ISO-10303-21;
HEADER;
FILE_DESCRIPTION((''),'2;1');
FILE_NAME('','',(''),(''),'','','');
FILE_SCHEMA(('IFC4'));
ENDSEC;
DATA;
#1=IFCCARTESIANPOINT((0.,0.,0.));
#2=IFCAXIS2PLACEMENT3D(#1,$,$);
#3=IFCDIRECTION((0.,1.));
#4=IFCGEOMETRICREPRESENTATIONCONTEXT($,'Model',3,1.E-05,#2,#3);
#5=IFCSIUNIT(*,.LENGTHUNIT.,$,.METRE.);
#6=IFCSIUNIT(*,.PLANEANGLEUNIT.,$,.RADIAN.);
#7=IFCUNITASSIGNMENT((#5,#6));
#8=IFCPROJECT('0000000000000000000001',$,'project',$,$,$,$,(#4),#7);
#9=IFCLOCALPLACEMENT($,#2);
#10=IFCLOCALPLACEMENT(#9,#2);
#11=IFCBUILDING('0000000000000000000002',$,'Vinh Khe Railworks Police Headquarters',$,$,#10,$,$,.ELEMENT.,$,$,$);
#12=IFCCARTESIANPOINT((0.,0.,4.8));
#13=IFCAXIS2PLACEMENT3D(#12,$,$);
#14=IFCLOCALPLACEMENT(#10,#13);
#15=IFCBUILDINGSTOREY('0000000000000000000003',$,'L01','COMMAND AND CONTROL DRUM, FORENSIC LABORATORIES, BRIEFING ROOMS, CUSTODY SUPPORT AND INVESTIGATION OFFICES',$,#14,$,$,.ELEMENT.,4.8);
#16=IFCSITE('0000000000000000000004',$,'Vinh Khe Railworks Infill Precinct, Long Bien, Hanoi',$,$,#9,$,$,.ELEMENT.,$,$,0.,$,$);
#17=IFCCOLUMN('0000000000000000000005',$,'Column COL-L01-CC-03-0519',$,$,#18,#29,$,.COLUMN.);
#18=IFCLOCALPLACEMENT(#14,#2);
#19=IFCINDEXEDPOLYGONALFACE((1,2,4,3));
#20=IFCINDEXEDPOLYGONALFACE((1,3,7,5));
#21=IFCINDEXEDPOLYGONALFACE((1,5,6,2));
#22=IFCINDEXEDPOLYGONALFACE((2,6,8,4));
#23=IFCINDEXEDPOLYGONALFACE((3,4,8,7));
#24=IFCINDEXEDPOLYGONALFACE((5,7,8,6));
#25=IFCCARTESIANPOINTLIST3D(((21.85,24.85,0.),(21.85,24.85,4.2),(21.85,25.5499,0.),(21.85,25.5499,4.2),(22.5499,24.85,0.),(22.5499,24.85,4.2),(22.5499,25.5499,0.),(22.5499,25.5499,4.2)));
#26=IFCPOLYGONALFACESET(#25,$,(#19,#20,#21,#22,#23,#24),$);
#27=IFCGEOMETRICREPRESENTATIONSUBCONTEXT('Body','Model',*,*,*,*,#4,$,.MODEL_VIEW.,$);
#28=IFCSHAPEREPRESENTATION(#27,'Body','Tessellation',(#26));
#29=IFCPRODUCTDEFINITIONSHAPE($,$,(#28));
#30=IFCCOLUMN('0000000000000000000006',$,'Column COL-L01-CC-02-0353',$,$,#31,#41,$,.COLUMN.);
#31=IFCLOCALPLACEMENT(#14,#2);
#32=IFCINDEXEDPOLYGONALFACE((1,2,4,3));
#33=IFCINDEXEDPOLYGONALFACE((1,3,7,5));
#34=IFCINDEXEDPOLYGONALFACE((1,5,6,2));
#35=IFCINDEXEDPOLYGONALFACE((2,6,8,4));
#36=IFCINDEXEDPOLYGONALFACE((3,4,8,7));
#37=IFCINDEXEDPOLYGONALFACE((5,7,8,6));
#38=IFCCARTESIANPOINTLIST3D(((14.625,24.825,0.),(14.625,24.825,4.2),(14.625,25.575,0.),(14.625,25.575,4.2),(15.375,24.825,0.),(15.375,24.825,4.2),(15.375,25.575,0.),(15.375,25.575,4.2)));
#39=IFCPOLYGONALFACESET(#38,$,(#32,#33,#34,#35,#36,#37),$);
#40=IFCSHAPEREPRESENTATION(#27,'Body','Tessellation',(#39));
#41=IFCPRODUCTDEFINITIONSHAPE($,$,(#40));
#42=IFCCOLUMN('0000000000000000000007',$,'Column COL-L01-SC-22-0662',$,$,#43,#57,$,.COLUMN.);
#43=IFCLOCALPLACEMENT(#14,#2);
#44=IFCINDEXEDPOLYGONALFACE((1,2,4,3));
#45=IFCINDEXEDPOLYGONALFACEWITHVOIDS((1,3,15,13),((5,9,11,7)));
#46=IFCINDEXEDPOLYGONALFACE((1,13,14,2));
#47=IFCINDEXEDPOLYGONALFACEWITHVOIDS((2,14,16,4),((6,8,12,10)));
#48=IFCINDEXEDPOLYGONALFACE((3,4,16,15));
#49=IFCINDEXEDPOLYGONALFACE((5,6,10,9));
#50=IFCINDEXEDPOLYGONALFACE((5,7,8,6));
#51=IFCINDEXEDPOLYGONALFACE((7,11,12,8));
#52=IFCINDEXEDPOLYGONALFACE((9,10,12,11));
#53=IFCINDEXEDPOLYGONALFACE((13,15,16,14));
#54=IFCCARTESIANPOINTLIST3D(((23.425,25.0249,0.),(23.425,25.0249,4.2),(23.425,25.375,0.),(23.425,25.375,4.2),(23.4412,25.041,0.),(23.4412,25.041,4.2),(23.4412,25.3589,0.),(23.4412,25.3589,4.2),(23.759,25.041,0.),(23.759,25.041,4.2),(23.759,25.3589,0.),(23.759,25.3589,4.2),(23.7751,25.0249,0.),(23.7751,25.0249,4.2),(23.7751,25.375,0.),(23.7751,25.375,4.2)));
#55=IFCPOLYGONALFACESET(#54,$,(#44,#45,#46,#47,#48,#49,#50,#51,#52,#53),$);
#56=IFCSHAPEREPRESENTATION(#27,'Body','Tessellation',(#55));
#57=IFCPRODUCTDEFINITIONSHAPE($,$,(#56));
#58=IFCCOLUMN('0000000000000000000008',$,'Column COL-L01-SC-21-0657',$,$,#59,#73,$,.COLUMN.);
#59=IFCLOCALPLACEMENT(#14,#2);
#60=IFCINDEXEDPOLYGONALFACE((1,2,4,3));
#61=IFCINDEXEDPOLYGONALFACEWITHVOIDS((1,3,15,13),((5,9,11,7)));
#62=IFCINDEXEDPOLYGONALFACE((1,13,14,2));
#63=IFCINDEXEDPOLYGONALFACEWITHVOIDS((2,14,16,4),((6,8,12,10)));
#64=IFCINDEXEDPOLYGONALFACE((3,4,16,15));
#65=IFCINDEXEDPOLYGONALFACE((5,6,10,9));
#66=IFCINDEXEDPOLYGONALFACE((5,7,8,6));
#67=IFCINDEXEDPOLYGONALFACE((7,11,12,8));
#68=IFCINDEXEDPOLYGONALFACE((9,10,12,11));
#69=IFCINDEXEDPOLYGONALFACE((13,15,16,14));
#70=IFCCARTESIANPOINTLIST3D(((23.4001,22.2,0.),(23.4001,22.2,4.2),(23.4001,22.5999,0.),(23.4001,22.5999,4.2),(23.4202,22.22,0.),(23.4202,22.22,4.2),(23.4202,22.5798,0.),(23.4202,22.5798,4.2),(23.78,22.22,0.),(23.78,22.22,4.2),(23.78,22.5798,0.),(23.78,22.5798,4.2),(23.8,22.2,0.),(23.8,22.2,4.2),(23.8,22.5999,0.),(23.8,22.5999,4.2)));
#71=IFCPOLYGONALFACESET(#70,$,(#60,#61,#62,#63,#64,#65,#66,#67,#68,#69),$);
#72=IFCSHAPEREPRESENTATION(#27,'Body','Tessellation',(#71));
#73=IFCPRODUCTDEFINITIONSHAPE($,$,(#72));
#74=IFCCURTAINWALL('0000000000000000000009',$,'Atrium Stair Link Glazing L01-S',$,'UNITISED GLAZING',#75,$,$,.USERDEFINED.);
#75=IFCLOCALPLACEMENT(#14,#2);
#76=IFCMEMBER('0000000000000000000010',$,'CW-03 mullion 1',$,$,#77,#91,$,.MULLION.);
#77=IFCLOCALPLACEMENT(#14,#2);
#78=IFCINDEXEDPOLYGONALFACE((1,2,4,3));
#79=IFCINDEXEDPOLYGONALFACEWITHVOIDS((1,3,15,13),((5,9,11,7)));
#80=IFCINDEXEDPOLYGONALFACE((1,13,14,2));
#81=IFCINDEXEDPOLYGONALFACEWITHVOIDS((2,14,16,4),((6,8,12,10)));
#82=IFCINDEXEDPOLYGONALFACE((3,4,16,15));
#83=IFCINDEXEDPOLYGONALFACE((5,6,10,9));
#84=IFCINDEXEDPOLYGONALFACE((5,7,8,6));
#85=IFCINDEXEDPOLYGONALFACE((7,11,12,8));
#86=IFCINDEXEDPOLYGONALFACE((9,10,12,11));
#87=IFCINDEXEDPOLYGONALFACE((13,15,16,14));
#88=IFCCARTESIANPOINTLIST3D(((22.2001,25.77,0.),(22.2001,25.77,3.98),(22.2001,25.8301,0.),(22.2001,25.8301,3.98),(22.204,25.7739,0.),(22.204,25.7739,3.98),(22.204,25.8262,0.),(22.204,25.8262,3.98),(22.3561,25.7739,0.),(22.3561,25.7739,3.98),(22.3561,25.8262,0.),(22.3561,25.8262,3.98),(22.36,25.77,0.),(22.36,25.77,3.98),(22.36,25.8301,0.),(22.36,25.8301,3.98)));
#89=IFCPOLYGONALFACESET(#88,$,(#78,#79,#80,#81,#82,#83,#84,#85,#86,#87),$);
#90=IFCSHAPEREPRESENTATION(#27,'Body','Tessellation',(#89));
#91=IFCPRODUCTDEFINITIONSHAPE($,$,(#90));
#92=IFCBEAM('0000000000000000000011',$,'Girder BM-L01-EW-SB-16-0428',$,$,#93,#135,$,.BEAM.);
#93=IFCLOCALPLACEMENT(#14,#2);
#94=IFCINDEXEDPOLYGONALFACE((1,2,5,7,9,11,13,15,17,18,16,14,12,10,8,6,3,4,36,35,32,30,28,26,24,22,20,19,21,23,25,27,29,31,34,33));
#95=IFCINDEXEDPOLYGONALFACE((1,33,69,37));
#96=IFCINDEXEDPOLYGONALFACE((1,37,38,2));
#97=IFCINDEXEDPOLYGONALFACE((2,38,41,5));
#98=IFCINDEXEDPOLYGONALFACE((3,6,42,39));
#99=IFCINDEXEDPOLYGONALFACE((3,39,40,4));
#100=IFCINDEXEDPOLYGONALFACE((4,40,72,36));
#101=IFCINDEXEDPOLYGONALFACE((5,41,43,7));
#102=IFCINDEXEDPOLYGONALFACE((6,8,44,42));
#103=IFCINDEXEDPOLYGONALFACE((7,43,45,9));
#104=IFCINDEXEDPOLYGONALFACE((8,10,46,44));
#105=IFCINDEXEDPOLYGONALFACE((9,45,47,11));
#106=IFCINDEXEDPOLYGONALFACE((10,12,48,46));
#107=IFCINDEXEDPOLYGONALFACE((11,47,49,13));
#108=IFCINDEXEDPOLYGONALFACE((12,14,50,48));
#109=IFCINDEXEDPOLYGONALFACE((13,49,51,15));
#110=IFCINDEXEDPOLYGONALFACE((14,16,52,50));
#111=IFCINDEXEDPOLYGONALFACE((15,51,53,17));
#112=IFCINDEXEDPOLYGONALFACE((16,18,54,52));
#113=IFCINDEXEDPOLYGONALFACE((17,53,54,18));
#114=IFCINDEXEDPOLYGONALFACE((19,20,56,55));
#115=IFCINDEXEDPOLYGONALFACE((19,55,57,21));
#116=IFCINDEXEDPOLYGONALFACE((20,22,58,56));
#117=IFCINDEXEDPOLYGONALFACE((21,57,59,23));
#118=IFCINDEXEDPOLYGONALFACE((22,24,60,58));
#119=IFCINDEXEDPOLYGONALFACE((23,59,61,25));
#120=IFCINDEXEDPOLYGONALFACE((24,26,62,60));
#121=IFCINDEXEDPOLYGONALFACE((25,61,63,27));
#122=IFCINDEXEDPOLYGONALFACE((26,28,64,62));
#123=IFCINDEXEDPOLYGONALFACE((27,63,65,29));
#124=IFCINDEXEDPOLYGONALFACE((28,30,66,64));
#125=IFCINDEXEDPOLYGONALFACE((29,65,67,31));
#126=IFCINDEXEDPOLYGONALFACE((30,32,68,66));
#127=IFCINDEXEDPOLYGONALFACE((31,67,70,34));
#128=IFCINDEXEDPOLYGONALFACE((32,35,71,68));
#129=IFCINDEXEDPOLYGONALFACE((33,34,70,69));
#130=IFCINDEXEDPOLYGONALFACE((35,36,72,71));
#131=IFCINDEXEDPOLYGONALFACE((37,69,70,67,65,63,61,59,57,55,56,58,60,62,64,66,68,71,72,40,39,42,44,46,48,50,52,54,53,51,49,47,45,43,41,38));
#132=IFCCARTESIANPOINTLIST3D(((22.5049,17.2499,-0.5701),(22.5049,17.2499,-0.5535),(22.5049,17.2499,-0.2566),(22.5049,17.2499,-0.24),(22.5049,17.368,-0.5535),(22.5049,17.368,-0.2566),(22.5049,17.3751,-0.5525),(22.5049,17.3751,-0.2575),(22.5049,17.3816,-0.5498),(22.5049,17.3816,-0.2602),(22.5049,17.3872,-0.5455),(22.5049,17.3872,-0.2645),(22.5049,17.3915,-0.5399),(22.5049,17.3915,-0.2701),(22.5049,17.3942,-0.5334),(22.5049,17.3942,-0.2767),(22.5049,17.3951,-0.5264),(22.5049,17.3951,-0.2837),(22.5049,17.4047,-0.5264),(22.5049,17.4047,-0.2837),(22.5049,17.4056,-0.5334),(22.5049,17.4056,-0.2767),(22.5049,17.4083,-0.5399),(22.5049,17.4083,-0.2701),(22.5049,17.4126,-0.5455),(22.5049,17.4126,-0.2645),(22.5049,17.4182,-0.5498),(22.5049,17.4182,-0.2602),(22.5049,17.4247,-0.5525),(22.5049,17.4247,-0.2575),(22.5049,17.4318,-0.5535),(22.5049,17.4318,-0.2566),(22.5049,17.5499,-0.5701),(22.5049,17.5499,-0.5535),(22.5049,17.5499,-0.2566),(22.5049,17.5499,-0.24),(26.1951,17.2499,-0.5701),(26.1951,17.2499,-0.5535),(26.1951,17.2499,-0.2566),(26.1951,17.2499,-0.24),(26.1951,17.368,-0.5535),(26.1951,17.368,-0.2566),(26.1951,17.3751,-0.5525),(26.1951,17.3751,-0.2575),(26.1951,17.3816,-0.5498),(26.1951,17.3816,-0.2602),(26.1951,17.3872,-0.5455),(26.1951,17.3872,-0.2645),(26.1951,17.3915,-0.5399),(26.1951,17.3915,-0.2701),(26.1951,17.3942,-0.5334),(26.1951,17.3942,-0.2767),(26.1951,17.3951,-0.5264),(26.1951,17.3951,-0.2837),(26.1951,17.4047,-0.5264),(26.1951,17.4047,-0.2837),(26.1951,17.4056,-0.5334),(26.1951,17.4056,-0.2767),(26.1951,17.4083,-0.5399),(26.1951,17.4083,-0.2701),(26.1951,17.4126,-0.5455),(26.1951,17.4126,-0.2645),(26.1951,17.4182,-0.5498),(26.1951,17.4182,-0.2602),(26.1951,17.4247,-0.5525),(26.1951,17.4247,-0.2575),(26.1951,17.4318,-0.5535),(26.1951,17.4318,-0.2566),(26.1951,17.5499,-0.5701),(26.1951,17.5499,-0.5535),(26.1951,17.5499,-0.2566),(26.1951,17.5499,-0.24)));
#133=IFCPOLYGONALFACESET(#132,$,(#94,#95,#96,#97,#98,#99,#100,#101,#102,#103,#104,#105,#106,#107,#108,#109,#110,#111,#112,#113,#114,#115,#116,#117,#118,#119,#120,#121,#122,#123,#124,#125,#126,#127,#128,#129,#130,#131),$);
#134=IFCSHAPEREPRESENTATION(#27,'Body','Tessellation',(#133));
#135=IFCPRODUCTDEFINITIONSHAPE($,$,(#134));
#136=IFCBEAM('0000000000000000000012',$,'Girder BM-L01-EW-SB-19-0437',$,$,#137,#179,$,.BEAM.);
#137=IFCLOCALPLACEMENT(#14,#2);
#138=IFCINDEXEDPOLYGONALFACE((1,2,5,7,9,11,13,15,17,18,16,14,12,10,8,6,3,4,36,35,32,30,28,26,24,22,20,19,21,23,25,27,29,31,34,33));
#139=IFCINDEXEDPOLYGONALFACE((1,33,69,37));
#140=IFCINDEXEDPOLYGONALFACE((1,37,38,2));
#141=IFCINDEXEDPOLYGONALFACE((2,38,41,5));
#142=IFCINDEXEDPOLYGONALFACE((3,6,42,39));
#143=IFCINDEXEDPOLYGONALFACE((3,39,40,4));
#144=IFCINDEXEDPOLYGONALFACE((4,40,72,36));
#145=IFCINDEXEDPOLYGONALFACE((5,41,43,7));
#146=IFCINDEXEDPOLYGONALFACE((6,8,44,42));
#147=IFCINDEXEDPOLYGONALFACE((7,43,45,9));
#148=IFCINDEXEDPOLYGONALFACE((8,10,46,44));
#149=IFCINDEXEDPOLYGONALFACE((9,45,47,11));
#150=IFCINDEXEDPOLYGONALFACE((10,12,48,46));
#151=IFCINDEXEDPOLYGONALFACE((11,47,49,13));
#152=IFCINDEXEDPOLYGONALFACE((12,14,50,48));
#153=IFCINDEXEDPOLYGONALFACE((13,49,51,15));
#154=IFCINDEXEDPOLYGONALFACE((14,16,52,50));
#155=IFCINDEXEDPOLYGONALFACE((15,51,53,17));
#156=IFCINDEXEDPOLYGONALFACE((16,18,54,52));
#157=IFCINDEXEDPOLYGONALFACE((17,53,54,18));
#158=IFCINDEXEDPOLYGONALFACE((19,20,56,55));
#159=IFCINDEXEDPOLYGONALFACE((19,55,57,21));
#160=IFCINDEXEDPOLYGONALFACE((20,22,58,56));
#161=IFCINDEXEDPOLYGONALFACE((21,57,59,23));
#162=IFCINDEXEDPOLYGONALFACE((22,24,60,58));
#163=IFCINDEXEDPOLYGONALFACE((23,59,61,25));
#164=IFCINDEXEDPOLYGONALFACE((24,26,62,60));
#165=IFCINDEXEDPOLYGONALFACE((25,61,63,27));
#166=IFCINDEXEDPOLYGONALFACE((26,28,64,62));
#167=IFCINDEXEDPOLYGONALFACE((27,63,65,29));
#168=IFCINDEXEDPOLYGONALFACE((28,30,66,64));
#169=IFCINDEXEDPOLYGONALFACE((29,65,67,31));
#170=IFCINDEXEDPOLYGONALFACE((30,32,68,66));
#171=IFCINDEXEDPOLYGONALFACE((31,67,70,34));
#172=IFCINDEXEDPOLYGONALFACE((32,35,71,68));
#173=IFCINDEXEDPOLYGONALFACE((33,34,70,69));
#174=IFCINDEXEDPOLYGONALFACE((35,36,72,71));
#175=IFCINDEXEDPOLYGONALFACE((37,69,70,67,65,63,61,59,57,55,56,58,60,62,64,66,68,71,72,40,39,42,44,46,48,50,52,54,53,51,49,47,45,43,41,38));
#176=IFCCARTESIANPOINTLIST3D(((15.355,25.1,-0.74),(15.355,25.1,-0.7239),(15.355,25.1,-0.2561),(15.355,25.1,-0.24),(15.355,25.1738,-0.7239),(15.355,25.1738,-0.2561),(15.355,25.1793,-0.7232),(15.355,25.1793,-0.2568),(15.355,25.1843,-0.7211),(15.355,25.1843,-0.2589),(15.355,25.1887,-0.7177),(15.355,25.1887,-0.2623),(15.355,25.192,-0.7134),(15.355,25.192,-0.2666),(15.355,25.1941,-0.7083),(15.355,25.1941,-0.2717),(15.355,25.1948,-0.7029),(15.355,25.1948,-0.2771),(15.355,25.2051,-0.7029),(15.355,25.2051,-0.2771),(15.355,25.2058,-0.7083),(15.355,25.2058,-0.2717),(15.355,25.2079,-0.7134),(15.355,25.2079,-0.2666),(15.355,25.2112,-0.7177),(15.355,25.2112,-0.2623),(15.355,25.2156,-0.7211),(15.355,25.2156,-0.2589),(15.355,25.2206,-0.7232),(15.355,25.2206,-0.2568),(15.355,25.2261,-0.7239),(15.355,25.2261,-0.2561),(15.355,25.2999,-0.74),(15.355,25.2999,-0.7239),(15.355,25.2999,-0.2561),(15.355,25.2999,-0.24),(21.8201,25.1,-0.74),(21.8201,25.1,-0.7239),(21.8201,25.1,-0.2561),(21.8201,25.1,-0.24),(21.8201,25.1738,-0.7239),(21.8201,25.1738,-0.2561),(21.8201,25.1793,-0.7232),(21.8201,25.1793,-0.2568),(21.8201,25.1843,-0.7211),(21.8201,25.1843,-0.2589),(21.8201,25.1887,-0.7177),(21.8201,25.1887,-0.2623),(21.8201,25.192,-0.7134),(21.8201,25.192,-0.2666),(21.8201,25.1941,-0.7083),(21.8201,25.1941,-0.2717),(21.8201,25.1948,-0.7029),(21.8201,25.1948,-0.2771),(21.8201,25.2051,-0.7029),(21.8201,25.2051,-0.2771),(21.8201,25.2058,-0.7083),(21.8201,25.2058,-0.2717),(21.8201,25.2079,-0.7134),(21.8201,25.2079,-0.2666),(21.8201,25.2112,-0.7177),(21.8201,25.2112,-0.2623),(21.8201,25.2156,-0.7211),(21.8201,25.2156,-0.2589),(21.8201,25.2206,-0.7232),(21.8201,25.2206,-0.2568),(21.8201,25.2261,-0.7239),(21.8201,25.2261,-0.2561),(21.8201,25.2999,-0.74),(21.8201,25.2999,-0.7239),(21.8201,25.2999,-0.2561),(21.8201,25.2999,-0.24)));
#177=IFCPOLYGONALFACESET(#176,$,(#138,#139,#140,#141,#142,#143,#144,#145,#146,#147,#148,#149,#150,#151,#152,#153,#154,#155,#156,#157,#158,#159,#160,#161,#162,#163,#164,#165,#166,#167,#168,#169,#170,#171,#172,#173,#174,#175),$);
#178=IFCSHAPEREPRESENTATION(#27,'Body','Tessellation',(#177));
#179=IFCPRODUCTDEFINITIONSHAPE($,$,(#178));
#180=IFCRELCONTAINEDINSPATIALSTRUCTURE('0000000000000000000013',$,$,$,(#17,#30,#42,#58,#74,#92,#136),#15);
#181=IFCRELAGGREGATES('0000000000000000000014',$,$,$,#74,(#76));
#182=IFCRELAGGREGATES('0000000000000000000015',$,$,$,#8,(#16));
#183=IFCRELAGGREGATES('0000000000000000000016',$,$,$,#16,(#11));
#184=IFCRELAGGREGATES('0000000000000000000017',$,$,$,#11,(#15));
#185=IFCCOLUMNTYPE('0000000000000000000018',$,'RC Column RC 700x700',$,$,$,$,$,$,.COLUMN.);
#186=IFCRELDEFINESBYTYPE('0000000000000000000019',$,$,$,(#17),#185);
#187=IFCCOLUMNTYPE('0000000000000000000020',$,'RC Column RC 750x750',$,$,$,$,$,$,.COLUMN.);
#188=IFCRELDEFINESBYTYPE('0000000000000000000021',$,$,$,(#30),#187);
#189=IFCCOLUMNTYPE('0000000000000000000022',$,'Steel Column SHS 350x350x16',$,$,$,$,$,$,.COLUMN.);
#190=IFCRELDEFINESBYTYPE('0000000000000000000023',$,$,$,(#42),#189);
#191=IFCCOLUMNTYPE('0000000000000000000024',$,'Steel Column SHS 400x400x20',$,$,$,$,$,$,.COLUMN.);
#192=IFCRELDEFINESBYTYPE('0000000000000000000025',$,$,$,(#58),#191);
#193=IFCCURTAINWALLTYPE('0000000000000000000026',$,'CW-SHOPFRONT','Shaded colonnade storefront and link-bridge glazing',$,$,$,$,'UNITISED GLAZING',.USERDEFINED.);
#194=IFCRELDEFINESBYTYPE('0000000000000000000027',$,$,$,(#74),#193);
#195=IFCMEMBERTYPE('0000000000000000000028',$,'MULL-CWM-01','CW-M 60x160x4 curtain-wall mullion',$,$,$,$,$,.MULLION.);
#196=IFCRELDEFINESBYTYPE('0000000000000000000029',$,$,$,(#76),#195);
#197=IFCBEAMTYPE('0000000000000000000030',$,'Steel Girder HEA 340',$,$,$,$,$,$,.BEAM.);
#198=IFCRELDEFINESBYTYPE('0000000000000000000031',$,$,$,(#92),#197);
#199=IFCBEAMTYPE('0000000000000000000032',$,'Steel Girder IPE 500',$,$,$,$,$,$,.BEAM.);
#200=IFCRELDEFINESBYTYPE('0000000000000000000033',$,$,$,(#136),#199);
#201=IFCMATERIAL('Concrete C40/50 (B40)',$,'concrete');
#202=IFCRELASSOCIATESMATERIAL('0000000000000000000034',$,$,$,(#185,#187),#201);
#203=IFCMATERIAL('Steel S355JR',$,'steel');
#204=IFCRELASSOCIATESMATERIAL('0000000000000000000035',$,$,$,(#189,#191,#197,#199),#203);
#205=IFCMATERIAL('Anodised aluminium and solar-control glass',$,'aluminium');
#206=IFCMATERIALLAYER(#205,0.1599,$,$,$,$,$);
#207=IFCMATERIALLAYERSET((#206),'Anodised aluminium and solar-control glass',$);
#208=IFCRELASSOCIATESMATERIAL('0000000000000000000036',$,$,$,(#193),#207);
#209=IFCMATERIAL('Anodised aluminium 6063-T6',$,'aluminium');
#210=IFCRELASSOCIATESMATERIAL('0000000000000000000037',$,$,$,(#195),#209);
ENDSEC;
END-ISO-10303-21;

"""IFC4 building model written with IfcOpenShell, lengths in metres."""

from ifc_helpers import new_model, si_unit, direction, frame, origin, origin_2d, place, context, subcontext, project, spatial, rectangle, hollow_rectangle, i_section, extrude, material, layer, layer_set, material_profile, profile_set, type_object, element, aggregate, save


model = new_model("IFC4")

# Units and contexts
model_context = context("Model", 3, precision=1e-05, world=origin(), true_north=direction((0.0, 1.0)))
body_context = subcontext(model_context, "Body", "Model", "MODEL_VIEW")
ifc_project = project(units=[si_unit("LENGTHUNIT", "METRE"), si_unit("PLANEANGLEUNIT", "RADIAN")], contexts=[model_context])

# Site, building, storey
site_placement = place(None, origin())
site = spatial("IfcSite", under=ifc_project, at=site_placement, Name="Vinh Khe Railworks Infill Precinct, Long Bien, Hanoi", CompositionType="ELEMENT", RefElevation=0.0)
building_placement = place(site_placement, origin())
building = spatial("IfcBuilding", under=site, at=building_placement, Name="Vinh Khe Railworks Police Headquarters", CompositionType="ELEMENT")
storey_placement = place(building_placement, frame((0.0, 0.0, 4.8)))
storey = spatial("IfcBuildingStorey", under=building, at=storey_placement, Name="L01", Description="COMMAND AND CONTROL DRUM, FORENSIC LABORATORIES, BRIEFING ROOMS, CUSTODY SUPPORT AND INVESTIGATION OFFICES", CompositionType="ELEMENT", Elevation=4.8)

# Columns
ifc_material_1 = material(Name="Concrete C40/50 (B40)", Category="concrete")
ifc_material_profile_1 = material_profile(ifc_material_1, rectangle(XDim=0.7, YDim=0.7, at=origin_2d()), Name="RC 700x700")
ifc_profile_set_1 = profile_set([ifc_material_profile_1], Name="Concrete C40/50 (B40)")
column_type_1 = type_object("IfcColumnType", Name="RC Column RC 700x700", PredefinedType="COLUMN", material=ifc_profile_set_1)
column_1_placement = place(storey_placement, frame((22.2, 25.2, 0.0), z_axis=(0.0, 0.0, 1.0), x_axis=(1.0, 0.0, 0.0)))
element("IfcColumn", 1, at=column_1_placement, inside=storey, type_object=column_type_1, Name="Column COL-L01-CC-03-0519", PredefinedType="COLUMN", context=body_context, shape_type="SweptSolid", body=[
    extrude(rectangle(XDim=0.7, YDim=0.7, at=origin_2d()), origin(), (0.0, 0.0, 1.0), 4.2),
])
ifc_material_profile_2 = material_profile(ifc_material_1, rectangle(XDim=0.75, YDim=0.75, at=origin_2d()), Name="RC 750x750")
ifc_profile_set_2 = profile_set([ifc_material_profile_2], Name="Concrete C40/50 (B40)")
column_type_2 = type_object("IfcColumnType", Name="RC Column RC 750x750", PredefinedType="COLUMN", material=ifc_profile_set_2)
column_2_placement = place(storey_placement, frame((15.0, 25.2, 0.0), z_axis=(0.0, 0.0, 1.0), x_axis=(1.0, 0.0, 0.0)))
element("IfcColumn", 2, at=column_2_placement, inside=storey, type_object=column_type_2, Name="Column COL-L01-CC-02-0353", PredefinedType="COLUMN", context=body_context, shape_type="SweptSolid", body=[
    extrude(rectangle(XDim=0.75, YDim=0.75, at=origin_2d()), origin(), (0.0, 0.0, 1.0), 4.2),
])
ifc_material_2 = material(Name="Steel S355JR", Category="steel")
ifc_material_profile_3 = material_profile(ifc_material_2, hollow_rectangle(XDim=0.3501, YDim=0.3501, WallThickness=0.0161, at=origin_2d()), Name="SHS 350x350x16")
ifc_profile_set_3 = profile_set([ifc_material_profile_3], Name="Steel S355JR")
column_type_3 = type_object("IfcColumnType", Name="Steel Column SHS 350x350x16", PredefinedType="COLUMN", material=ifc_profile_set_3)
column_3_placement = place(storey_placement, frame((23.6001, 25.2, 0.0), z_axis=(0.0, 0.0, 1.0), x_axis=(1.0, 0.0, 0.0)))
element("IfcColumn", 3, at=column_3_placement, inside=storey, type_object=column_type_3, Name="Column COL-L01-SC-22-0662", PredefinedType="COLUMN", context=body_context, shape_type="SweptSolid", body=[
    extrude(hollow_rectangle(XDim=0.3501, YDim=0.3501, WallThickness=0.0161, at=origin_2d()), origin(), (0.0, 0.0, 1.0), 4.2),
])
ifc_material_profile_4 = material_profile(ifc_material_2, hollow_rectangle(XDim=0.3999, YDim=0.3999, WallThickness=0.02, at=origin_2d()), Name="SHS 400x400x20")
ifc_profile_set_4 = profile_set([ifc_material_profile_4], Name="Steel S355JR")
column_type_4 = type_object("IfcColumnType", Name="Steel Column SHS 400x400x20", PredefinedType="COLUMN", material=ifc_profile_set_4)
column_4_placement = place(storey_placement, frame((23.6001, 22.3999, 0.0), z_axis=(0.0, 0.0, 1.0), x_axis=(1.0, 0.0, 0.0)))
element("IfcColumn", 4, at=column_4_placement, inside=storey, type_object=column_type_4, Name="Column COL-L01-SC-21-0657", PredefinedType="COLUMN", context=body_context, shape_type="SweptSolid", body=[
    extrude(hollow_rectangle(XDim=0.3999, YDim=0.3999, WallThickness=0.02, at=origin_2d()), origin(), (0.0, 0.0, 1.0), 4.2),
])

# Curtain wall, member
ifc_material_3 = material(Name="Anodised aluminium and solar-control glass", Category="aluminium")
ifc_layer_1 = layer(ifc_material_3, 0.1599)
ifc_layer_set_1 = layer_set([ifc_layer_1], Name="Anodised aluminium and solar-control glass")
curtain_wall_type = type_object("IfcCurtainWallType", Name="CW-SHOPFRONT", Description="Shaded colonnade storefront and link-bridge glazing", ElementType="UNITISED GLAZING", PredefinedType="USERDEFINED", material=ifc_layer_set_1)
curtain_wall_placement = place(storey_placement, origin())
curtain_wall = element("IfcCurtainWall", 5, at=curtain_wall_placement, inside=storey, type_object=curtain_wall_type, Name="Atrium Stair Link Glazing L01-S", ObjectType="UNITISED GLAZING", PredefinedType="USERDEFINED")
ifc_material_4 = material(Name="Anodised aluminium 6063-T6", Category="aluminium")
ifc_material_profile_5 = material_profile(ifc_material_4, hollow_rectangle(XDim=0.0601, YDim=0.1599, WallThickness=0.0039, at=origin_2d()), Name="CW-M 60x160x4")
ifc_profile_set_5 = profile_set([ifc_material_profile_5], Name="Anodised aluminium 6063-T6")
member_type = type_object("IfcMemberType", Name="MULL-CWM-01", Description="CW-M 60x160x4 curtain-wall mullion", PredefinedType="MULLION", material=ifc_profile_set_5)
member_placement = place(storey_placement, frame((22.28, 25.8, 0.0), z_axis=(0.0, 0.0, 1.0), x_axis=(0.0, 1.0, 0.0)))
member = element("IfcMember", 6, at=member_placement, type_object=member_type, Name="CW-03 mullion 1", PredefinedType="MULLION", context=body_context, shape_type="SweptSolid", body=[
    extrude(hollow_rectangle(XDim=0.0601, YDim=0.1599, WallThickness=0.0039, at=origin_2d()), origin(), (0.0, 0.0, 1.0), 3.98),
])
aggregate(curtain_wall, [member])

# Beams
ifc_material_profile_6 = material_profile(ifc_material_2, i_section(OverallWidth=0.3, OverallDepth=0.3301, WebThickness=0.0095, FlangeThickness=0.0166, FilletRadius=0.0271, at=origin_2d()), Name="HEA 340")
ifc_profile_set_6 = profile_set([ifc_material_profile_6], Name="Steel S355JR")
beam_type_1 = type_object("IfcBeamType", Name="Steel Girder HEA 340", PredefinedType="BEAM", material=ifc_profile_set_6)
beam_1_placement = place(storey_placement, frame((22.5049, 17.3999, -0.405), z_axis=(1.0, 0.0, 0.0), x_axis=(0.0, 1.0, 0.0)))
element("IfcBeam", 7, at=beam_1_placement, inside=storey, type_object=beam_type_1, Name="Girder BM-L01-EW-SB-16-0428", PredefinedType="BEAM", context=body_context, shape_type="SweptSolid", body=[
    extrude(i_section(OverallWidth=0.3, OverallDepth=0.3301, WebThickness=0.0095, FlangeThickness=0.0166, FilletRadius=0.0271, at=origin_2d()), origin(), (0.0, 0.0, 1.0), 3.6902),
])
ifc_material_profile_7 = material_profile(ifc_material_2, i_section(OverallWidth=0.2, OverallDepth=0.5, WebThickness=0.0103, FlangeThickness=0.0161, FilletRadius=0.021, at=origin_2d()), Name="IPE 500")
ifc_profile_set_7 = profile_set([ifc_material_profile_7], Name="Steel S355JR")
beam_type_2 = type_object("IfcBeamType", Name="Steel Girder IPE 500", PredefinedType="BEAM", material=ifc_profile_set_7)
beam_2_placement = place(storey_placement, frame((15.355, 25.2, -0.49), z_axis=(1.0, 0.0, 0.0), x_axis=(0.0, 1.0, 0.0)))
element("IfcBeam", 8, at=beam_2_placement, inside=storey, type_object=beam_type_2, Name="Girder BM-L01-EW-SB-19-0437", PredefinedType="BEAM", context=body_context, shape_type="SweptSolid", body=[
    extrude(i_section(OverallWidth=0.2, OverallDepth=0.5, WebThickness=0.0103, FlangeThickness=0.0161, FilletRadius=0.021, at=origin_2d()), origin(), (0.0, 0.0, 1.0), 6.4651),
])

save(model, "model.ifc")
